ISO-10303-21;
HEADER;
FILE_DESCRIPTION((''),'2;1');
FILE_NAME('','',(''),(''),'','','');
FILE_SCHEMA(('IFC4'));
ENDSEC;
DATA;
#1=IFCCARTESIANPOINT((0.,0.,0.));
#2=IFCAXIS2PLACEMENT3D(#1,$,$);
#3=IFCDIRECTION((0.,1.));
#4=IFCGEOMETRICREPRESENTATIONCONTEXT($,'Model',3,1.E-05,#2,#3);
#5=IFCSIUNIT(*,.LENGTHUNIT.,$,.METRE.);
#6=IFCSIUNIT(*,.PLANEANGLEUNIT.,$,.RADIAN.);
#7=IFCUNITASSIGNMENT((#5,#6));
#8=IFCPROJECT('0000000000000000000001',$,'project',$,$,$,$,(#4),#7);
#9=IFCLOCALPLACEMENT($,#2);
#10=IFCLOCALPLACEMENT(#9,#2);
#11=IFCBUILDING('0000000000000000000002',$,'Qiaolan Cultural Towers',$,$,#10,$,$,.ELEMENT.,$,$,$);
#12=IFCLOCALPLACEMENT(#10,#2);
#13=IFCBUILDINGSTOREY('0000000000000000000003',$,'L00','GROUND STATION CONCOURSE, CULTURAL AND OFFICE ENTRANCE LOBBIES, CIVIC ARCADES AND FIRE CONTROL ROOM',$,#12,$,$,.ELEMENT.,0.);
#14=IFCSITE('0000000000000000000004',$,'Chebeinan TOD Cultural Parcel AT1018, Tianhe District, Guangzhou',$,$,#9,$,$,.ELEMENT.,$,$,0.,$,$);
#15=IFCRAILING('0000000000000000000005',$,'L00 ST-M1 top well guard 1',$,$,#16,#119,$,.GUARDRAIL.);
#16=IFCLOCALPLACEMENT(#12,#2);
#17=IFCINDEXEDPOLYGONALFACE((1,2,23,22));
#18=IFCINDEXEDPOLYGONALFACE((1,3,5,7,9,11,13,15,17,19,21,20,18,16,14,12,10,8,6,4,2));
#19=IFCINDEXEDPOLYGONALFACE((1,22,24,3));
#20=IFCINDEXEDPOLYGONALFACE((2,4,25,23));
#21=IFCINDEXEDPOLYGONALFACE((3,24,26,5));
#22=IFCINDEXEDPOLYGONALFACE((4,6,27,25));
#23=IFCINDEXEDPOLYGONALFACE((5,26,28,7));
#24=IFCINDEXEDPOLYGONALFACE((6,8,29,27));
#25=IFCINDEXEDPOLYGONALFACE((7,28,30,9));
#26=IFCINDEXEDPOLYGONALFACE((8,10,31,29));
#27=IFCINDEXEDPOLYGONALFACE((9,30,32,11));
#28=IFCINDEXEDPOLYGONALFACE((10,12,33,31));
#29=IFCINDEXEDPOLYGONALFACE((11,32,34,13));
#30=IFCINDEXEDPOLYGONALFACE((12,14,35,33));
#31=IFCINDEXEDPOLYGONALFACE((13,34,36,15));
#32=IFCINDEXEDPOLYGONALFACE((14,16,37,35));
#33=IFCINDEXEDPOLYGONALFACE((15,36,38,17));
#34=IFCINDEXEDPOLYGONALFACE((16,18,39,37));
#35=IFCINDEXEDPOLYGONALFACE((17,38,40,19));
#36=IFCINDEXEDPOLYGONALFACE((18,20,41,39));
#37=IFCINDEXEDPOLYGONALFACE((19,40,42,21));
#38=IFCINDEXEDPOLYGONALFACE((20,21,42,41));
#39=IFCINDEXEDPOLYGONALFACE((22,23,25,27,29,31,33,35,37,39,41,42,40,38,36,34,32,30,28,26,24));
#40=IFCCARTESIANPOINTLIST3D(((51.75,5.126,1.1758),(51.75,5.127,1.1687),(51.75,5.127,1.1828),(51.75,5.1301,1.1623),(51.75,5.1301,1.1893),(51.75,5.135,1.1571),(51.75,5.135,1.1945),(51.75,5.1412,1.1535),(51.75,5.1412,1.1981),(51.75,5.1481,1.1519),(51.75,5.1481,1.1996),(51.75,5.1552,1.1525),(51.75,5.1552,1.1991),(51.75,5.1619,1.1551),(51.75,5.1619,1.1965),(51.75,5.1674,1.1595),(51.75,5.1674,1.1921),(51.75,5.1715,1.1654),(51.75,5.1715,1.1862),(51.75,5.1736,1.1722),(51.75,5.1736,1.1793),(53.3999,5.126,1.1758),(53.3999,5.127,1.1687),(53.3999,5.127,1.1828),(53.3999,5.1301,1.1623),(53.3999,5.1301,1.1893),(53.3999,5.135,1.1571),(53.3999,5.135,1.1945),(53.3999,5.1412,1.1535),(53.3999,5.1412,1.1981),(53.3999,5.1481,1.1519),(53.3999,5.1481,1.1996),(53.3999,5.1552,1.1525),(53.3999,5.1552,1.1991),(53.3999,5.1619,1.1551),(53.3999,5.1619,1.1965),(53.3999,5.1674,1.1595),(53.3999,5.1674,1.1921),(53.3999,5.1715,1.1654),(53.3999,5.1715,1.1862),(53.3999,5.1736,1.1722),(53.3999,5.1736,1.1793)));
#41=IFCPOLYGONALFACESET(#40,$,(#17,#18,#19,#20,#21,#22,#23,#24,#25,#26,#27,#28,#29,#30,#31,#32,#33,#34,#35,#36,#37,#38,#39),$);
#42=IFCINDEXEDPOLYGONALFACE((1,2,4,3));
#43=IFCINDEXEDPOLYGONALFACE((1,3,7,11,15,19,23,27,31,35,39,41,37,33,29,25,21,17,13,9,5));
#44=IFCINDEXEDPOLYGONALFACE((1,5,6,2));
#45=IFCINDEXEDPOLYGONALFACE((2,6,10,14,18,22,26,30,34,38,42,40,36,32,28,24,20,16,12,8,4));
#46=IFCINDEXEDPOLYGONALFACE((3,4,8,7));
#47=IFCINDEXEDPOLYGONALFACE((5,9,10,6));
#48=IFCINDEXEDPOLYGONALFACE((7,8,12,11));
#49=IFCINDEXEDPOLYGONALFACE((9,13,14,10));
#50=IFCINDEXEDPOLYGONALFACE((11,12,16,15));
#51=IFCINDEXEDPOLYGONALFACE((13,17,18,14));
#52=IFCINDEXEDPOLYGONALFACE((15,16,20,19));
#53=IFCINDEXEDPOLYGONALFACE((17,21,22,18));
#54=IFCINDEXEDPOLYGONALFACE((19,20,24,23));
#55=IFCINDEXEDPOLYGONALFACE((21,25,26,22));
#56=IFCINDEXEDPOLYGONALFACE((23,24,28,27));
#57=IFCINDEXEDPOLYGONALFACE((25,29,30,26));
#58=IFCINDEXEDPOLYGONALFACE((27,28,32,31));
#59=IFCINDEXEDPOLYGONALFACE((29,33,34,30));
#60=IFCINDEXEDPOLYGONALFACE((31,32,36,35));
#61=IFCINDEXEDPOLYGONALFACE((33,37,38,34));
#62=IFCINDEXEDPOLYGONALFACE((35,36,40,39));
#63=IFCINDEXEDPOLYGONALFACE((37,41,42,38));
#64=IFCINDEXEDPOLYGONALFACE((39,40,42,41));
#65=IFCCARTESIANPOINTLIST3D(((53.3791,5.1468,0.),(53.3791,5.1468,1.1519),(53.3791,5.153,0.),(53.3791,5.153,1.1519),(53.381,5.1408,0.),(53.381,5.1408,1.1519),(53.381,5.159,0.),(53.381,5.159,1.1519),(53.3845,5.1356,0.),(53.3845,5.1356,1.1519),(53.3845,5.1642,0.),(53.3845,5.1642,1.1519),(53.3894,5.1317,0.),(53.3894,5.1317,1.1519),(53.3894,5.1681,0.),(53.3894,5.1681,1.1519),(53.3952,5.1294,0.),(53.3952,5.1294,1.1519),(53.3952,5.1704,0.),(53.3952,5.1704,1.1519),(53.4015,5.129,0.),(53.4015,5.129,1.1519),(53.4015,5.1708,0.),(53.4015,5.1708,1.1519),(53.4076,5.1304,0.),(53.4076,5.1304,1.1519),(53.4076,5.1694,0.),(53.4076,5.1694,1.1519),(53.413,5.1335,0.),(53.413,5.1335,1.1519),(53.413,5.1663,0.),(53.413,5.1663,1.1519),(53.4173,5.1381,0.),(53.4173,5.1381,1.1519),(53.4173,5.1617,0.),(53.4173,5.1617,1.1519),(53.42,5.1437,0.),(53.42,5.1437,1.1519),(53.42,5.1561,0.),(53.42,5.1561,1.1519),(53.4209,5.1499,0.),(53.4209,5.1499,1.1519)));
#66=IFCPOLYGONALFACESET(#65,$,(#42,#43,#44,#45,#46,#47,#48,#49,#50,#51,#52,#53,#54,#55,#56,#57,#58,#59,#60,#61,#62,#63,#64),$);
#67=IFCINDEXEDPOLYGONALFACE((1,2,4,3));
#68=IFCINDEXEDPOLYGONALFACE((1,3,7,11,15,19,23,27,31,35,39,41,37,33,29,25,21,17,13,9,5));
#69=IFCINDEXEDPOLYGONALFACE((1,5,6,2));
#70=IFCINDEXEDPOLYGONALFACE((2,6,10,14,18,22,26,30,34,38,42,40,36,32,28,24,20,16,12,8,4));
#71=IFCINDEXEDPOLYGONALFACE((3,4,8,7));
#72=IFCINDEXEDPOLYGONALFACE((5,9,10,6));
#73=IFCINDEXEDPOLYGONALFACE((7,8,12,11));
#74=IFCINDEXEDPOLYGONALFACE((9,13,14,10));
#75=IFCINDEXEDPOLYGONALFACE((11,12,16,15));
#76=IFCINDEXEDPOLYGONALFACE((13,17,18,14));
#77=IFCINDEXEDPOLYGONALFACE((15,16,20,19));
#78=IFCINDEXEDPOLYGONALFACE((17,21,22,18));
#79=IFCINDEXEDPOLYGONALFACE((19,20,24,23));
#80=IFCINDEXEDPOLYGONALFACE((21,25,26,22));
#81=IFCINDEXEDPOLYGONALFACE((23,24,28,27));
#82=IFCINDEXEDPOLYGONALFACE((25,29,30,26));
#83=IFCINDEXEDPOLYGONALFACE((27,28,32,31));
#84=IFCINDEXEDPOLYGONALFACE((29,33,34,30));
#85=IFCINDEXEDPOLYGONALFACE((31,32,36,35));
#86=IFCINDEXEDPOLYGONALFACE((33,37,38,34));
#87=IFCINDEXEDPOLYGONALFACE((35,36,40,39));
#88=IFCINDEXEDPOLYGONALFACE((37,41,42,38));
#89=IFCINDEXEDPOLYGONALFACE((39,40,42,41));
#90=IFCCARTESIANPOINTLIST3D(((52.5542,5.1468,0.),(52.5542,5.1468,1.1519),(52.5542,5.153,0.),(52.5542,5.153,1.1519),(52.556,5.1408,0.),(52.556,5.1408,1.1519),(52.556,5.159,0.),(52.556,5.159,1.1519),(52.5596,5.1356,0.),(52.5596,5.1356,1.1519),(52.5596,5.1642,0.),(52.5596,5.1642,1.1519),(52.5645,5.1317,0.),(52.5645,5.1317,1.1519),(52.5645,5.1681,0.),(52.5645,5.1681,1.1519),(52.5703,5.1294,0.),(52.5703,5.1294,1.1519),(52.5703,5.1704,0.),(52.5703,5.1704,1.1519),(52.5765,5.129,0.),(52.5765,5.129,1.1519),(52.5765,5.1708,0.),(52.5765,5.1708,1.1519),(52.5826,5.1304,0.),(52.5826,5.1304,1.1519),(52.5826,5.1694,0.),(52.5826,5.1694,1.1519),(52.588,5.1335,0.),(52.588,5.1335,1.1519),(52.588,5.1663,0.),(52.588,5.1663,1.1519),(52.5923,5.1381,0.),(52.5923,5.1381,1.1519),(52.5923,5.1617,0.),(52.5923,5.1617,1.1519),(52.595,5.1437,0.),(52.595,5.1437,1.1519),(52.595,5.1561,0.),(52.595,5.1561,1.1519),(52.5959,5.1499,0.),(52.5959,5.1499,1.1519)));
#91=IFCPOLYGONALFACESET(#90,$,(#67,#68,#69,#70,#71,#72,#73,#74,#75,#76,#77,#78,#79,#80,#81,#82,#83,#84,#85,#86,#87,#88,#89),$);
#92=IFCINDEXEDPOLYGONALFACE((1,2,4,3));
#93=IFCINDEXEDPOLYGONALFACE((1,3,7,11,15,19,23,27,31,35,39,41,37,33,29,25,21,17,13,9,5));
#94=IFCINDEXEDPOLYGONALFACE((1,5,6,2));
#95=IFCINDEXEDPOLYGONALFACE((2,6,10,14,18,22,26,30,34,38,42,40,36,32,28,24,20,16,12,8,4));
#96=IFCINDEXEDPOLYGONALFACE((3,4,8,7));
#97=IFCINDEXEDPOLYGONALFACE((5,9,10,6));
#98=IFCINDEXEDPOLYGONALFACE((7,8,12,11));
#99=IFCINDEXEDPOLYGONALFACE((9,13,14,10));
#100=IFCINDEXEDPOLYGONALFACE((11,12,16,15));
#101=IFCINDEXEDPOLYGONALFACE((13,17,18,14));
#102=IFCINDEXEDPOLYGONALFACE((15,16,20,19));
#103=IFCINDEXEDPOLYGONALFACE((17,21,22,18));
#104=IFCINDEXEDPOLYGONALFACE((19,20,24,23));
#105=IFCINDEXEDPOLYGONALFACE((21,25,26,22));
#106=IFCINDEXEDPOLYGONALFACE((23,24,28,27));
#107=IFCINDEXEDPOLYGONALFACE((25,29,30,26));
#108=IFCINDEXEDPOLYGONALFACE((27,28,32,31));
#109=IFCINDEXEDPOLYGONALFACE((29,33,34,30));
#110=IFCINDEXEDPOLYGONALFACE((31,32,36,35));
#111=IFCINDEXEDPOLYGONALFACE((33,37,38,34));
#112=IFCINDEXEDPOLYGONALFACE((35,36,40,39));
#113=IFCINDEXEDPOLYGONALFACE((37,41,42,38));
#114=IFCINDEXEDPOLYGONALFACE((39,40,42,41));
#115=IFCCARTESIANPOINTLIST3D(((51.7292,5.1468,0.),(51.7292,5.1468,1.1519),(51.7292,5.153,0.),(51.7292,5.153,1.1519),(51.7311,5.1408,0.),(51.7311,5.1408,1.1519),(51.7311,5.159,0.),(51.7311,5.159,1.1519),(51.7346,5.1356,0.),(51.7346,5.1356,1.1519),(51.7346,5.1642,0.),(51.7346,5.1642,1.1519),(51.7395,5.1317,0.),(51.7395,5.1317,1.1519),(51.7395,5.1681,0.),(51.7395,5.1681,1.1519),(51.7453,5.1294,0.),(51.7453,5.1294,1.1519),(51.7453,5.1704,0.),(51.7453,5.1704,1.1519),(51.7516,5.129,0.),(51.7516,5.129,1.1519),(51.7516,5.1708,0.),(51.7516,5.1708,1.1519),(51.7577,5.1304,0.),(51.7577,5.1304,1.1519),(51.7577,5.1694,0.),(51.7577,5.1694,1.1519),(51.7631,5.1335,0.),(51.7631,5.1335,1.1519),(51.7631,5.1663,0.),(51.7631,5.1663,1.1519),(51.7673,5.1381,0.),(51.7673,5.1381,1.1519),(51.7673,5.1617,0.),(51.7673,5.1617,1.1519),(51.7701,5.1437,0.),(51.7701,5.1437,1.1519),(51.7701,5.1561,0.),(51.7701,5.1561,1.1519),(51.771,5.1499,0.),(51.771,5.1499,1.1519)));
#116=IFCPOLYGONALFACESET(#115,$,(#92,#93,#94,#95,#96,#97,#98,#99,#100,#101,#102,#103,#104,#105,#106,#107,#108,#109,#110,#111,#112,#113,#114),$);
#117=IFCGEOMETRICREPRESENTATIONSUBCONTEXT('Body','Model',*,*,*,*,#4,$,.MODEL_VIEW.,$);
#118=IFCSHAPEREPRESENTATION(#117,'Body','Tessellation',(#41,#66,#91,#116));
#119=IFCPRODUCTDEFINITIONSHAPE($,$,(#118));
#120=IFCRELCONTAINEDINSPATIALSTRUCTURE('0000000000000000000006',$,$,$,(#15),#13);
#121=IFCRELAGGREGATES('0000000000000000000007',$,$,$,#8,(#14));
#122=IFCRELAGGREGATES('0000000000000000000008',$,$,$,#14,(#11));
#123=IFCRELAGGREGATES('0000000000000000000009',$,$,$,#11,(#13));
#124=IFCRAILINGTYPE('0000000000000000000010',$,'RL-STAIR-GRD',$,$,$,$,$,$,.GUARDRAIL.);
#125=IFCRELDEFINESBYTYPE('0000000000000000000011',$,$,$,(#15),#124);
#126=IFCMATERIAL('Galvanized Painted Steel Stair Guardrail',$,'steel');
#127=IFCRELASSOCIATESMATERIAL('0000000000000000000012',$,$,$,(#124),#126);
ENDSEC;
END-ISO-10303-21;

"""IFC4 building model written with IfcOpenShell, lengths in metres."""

from ifc_helpers import new_model, si_unit, direction, frame, origin, origin_2d, place, context, subcontext, project, spatial, circle, extrude, material, type_object, element, save


model = new_model("IFC4")

# Units and contexts
model_context = context("Model", 3, precision=1e-05, world=origin(), true_north=direction((0.0, 1.0)))
body_context = subcontext(model_context, "Body", "Model", "MODEL_VIEW")
ifc_project = project(units=[si_unit("LENGTHUNIT", "METRE"), si_unit("PLANEANGLEUNIT", "RADIAN")], contexts=[model_context])

# Site, building, storey
site_placement = place(None, origin())
site = spatial("IfcSite", under=ifc_project, at=site_placement, Name="Chebeinan TOD Cultural Parcel AT1018, Tianhe District, Guangzhou", CompositionType="ELEMENT", RefElevation=0.0)
building_placement = place(site_placement, origin())
building = spatial("IfcBuilding", under=site, at=building_placement, Name="Qiaolan Cultural Towers", CompositionType="ELEMENT")
storey_placement = place(building_placement, origin())
storey = spatial("IfcBuildingStorey", under=building, at=storey_placement, Name="L00", Description="GROUND STATION CONCOURSE, CULTURAL AND OFFICE ENTRANCE LOBBIES, CIVIC ARCADES AND FIRE CONTROL ROOM", CompositionType="ELEMENT", Elevation=0.0)

# Railing
ifc_material_1 = material(Name="Galvanized Painted Steel Stair Guardrail", Category="steel")
railing_type = type_object("IfcRailingType", Name="RL-STAIR-GRD", PredefinedType="GUARDRAIL", material=ifc_material_1)
railing_placement = place(storey_placement, frame((53.3999, 5.1499, 0.0)))
element("IfcRailing", 1, at=railing_placement, inside=storey, type_object=railing_type, Name="L00 ST-M1 top well guard 1", PredefinedType="GUARDRAIL", context=body_context, shape_type="SweptSolid", body=[
    extrude(circle(Radius=0.0239, at=origin_2d()), frame((0.0, 0.0, 1.1758), z_axis=(-1.0, 0.0, 0.0), x_axis=(0.0, -1.0, 0.0)), (0.0, 0.0, 1.0), 1.6499),
    extrude(circle(Radius=0.021, at=origin_2d()), origin(), (0.0, 0.0, 1.0), 1.1519),
    extrude(circle(Radius=0.021, at=origin_2d()), frame((-0.825, 0.0, 0.0)), (0.0, 0.0, 1.0), 1.1519),
    extrude(circle(Radius=0.021, at=origin_2d()), frame((-1.6499, 0.0, 0.0)), (0.0, 0.0, 1.0), 1.1519),
])

save(model, "model.ifc")
